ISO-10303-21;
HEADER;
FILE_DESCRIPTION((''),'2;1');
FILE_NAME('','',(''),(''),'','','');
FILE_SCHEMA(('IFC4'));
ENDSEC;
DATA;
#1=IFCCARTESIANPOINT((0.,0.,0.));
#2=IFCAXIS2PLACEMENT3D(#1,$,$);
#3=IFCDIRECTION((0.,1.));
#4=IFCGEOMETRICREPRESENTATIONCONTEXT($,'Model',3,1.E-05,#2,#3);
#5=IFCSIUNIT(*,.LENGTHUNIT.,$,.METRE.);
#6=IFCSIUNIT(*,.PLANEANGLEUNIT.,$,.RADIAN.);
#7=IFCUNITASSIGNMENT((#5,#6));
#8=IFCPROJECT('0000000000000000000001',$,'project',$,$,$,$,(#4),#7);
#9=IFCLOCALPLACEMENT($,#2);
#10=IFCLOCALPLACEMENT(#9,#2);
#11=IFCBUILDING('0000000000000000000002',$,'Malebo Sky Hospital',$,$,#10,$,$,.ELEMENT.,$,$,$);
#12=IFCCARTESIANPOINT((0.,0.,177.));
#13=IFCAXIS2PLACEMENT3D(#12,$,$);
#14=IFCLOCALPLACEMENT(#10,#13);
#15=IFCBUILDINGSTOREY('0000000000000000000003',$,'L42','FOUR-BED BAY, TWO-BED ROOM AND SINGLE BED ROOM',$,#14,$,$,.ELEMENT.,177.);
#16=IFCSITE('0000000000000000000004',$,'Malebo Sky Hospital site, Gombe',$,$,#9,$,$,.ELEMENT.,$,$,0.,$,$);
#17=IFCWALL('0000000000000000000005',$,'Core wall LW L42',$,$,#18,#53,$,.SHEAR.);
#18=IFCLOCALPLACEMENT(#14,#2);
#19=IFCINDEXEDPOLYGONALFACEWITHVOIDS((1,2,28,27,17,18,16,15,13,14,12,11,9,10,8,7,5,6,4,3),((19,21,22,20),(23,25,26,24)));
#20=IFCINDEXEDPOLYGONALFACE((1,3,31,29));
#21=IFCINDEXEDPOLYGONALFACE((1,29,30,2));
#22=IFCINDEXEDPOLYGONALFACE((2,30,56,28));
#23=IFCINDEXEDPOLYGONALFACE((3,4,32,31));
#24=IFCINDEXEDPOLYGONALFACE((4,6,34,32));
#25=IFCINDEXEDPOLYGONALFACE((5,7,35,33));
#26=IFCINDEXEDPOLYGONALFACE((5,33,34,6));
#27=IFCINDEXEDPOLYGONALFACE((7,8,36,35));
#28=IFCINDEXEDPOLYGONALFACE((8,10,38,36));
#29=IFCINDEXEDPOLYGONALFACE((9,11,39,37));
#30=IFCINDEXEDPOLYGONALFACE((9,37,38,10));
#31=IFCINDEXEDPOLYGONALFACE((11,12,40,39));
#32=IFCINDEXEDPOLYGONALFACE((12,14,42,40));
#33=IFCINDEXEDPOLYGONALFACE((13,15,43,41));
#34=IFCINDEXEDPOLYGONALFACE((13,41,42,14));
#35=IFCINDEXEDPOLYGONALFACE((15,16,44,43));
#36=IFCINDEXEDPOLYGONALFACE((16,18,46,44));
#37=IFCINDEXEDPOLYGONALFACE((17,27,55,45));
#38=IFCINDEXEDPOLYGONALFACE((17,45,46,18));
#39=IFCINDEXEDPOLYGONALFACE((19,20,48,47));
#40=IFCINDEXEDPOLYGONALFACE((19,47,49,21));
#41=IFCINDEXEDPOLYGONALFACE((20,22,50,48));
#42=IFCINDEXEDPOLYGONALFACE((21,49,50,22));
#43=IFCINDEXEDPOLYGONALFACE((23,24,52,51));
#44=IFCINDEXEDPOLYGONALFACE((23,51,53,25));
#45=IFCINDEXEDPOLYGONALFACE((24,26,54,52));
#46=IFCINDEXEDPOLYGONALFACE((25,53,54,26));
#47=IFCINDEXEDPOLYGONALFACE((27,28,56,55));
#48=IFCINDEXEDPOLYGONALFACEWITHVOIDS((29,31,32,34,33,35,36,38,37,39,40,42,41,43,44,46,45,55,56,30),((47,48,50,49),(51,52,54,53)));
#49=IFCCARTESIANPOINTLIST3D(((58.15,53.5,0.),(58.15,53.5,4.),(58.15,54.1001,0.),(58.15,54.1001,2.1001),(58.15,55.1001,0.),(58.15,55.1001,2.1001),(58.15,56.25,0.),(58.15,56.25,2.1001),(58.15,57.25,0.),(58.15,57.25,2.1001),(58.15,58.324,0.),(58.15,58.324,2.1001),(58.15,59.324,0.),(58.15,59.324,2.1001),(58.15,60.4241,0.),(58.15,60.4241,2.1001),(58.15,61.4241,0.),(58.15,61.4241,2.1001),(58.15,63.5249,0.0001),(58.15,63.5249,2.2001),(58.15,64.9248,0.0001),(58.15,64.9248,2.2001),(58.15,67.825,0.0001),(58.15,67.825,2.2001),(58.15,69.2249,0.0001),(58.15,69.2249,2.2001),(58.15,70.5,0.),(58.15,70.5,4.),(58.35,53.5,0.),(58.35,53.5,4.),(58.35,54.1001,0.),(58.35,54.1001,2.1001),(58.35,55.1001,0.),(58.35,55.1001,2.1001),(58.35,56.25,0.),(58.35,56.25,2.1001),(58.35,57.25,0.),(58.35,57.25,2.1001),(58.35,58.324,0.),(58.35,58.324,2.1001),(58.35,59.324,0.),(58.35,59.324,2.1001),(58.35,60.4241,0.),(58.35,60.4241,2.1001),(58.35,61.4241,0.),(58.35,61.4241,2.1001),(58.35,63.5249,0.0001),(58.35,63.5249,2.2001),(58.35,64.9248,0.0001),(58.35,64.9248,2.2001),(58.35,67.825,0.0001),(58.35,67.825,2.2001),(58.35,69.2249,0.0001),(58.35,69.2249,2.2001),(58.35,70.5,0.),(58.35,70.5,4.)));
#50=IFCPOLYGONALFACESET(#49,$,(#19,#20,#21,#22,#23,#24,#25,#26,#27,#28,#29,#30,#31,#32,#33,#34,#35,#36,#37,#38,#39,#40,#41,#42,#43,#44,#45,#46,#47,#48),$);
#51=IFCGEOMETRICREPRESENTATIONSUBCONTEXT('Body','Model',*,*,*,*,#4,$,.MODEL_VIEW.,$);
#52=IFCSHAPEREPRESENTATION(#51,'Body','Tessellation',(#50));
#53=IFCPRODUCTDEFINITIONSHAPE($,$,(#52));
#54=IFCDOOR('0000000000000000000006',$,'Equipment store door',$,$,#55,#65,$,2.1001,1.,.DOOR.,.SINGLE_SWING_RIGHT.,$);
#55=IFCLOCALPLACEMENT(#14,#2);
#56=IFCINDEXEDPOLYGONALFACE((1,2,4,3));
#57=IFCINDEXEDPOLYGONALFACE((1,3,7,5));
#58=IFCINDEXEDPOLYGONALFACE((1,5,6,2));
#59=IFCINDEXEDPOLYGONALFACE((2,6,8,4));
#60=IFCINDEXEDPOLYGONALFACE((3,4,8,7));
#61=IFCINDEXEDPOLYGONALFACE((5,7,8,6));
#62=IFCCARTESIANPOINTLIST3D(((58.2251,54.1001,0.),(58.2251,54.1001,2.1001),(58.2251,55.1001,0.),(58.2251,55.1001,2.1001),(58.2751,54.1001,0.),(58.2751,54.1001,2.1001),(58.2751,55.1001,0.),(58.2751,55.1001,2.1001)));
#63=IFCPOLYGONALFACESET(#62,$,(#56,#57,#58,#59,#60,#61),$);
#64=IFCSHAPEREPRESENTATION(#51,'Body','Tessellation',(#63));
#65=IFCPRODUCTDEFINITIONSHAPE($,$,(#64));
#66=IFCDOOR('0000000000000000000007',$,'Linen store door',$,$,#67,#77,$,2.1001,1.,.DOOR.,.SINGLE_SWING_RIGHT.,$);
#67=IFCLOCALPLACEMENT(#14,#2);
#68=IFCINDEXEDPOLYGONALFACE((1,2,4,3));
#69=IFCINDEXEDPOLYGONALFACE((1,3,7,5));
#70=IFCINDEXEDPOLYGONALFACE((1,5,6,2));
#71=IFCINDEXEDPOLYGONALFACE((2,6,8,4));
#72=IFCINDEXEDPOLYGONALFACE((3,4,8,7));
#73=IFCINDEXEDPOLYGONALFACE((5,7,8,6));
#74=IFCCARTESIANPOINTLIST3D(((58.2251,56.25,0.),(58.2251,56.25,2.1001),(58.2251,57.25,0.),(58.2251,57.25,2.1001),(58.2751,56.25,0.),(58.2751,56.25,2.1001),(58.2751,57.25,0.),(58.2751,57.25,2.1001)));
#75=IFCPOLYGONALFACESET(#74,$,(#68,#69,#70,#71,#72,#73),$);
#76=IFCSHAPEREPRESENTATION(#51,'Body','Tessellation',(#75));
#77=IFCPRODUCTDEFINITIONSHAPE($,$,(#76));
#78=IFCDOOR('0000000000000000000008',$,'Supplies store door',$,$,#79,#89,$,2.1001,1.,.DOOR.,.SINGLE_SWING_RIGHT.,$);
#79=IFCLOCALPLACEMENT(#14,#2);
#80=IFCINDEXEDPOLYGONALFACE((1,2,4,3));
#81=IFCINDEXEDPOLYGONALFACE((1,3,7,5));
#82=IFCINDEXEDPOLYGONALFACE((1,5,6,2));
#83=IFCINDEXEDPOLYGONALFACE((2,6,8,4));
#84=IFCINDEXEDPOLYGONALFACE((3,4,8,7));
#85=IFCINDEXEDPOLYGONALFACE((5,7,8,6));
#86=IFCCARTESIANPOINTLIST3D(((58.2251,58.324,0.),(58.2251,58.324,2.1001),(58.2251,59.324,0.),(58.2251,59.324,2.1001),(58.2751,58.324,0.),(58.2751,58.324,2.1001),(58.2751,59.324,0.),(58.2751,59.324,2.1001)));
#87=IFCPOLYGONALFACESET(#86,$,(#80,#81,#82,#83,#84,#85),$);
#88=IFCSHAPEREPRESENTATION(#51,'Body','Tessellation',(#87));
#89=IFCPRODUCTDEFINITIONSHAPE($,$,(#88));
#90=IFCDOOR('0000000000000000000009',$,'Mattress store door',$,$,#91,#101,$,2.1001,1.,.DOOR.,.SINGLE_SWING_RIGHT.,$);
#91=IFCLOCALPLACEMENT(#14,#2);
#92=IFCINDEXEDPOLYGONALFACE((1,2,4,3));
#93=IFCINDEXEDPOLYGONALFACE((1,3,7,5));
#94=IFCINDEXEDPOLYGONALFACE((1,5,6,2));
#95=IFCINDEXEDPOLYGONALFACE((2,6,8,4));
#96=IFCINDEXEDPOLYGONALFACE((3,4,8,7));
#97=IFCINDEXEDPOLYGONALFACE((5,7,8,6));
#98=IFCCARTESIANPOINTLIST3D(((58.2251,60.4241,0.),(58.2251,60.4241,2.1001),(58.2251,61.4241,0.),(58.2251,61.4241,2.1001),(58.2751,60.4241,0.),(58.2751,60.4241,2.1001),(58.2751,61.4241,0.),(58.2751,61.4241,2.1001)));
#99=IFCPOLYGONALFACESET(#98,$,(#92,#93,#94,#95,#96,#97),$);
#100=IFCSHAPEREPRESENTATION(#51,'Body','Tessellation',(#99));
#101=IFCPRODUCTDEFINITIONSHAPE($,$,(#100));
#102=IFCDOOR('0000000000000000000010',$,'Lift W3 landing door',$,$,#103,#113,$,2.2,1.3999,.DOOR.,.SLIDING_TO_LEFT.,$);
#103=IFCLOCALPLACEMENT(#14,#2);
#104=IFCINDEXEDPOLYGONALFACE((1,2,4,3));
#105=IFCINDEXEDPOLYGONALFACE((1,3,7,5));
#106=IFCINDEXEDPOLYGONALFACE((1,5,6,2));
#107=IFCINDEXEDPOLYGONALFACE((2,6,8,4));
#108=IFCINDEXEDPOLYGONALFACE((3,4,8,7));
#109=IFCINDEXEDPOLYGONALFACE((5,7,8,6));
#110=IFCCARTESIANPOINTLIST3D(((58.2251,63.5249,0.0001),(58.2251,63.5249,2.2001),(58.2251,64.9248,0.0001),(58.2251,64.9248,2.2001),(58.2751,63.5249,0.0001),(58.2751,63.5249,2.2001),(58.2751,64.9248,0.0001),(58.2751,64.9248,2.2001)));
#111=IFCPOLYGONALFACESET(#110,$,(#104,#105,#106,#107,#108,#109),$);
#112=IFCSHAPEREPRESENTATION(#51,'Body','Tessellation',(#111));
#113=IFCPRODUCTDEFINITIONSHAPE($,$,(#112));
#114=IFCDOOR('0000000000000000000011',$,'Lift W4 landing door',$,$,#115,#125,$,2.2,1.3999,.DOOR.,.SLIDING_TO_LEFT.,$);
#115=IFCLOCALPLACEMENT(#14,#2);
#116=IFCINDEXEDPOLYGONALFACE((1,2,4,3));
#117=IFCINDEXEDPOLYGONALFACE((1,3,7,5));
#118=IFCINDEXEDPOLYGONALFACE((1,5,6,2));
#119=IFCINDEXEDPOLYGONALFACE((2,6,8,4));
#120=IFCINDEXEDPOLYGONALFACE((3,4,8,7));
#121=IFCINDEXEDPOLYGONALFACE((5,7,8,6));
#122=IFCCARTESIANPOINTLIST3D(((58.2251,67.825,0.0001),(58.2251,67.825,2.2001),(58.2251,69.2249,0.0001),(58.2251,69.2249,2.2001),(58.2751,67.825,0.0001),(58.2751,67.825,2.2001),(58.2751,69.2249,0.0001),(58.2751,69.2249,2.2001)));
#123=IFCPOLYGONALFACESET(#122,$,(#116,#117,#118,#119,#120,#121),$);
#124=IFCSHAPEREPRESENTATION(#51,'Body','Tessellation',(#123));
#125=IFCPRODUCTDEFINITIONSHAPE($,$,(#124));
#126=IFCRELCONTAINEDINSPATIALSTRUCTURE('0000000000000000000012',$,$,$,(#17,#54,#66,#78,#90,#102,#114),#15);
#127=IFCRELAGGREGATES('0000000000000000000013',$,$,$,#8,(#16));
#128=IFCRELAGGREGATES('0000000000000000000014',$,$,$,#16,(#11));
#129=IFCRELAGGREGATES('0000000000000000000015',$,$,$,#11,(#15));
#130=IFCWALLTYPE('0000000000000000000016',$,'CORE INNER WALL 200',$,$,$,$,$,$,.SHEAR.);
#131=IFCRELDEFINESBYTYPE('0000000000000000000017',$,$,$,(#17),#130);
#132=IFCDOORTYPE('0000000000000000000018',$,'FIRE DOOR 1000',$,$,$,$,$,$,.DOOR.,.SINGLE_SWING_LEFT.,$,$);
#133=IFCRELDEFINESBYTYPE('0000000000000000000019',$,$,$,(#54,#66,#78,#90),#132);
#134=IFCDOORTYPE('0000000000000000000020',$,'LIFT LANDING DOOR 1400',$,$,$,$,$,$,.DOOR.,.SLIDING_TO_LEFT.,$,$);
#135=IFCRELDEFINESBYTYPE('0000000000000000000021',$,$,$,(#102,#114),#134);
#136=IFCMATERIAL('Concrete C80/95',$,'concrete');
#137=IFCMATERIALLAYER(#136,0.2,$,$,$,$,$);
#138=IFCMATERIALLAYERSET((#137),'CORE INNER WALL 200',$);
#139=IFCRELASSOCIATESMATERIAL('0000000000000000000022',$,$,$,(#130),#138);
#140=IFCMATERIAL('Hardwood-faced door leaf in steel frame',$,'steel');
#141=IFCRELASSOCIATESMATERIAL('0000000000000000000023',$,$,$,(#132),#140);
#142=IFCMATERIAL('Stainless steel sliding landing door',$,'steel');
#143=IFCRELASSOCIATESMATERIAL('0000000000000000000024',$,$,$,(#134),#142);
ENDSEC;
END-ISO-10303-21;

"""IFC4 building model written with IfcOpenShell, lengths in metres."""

from ifc_helpers import new_model, si_unit, direction, frame, frame_2d, origin, place, context, subcontext, project, spatial, rectangle, extrude, material, layer, layer_set, type_object, element, fill, save


model = new_model("IFC4")

# Units and contexts
model_context = context("Model", 3, precision=1e-05, world=origin(), true_north=direction((0.0, 1.0)))
body_context = subcontext(model_context, "Body", "Model", "MODEL_VIEW")
ifc_project = project(units=[si_unit("LENGTHUNIT", "METRE"), si_unit("PLANEANGLEUNIT", "RADIAN")], contexts=[model_context])

# Site, building, storey
site_placement = place(None, origin())
site = spatial("IfcSite", under=ifc_project, at=site_placement, Name="Malebo Sky Hospital site, Gombe", CompositionType="ELEMENT", RefElevation=0.0)
building_placement = place(site_placement, origin())
building = spatial("IfcBuilding", under=site, at=building_placement, Name="Malebo Sky Hospital", CompositionType="ELEMENT")
storey_placement = place(building_placement, frame((0.0, 0.0, 177.0)))
storey = spatial("IfcBuildingStorey", under=building, at=storey_placement, Name="L42", Description="FOUR-BED BAY, TWO-BED ROOM AND SINGLE BED ROOM", CompositionType="ELEMENT", Elevation=177.0)

# Wall, openings, doors
ifc_material_1 = material(Name="Concrete C80/95", Category="concrete")
ifc_layer_1 = layer(ifc_material_1, 0.2)
ifc_layer_set_1 = layer_set([ifc_layer_1], Name="CORE INNER WALL 200")
wall_type_1 = type_object("IfcWallType", Name="CORE INNER WALL 200", PredefinedType="SHEAR", material=ifc_layer_set_1)
wall_1_placement = place(storey_placement, frame((58.25, 53.5, 0.0), z_axis=(0.0, 0.0, 1.0), x_axis=(0.0, 1.0, 0.0)))
wall_1 = element("IfcWall", 1, at=wall_1_placement, inside=storey, type_object=wall_type_1, Name="Core wall LW L42", PredefinedType="SHEAR", context=body_context, shape_type="SweptSolid", body=[
    extrude(rectangle(XDim=17.0, YDim=0.2, at=frame_2d((8.5, 0.0))), origin(), (0.0, 0.0, 1.0), 4.0),
])
opening_1_placement = place(wall_1_placement, frame((0.6001, 0.0, 0.0)))
opening_1 = element("IfcOpeningElement", 2, at=opening_1_placement, cuts=wall_1, PredefinedType="OPENING", context=body_context, shape_type="SweptSolid", body=[
    extrude(rectangle(XDim=1.0, YDim=2.1001, at=frame_2d((0.5, 1.05))), frame((0.0, 0.1099, 0.0), z_axis=(0.0, -1.0, 0.0), x_axis=(1.0, 0.0, 0.0)), (0.0, 0.0, 1.0), 0.22),
])
opening_2_placement = place(wall_1_placement, frame((2.75, 0.0, 0.0)))
opening_2 = element("IfcOpeningElement", 3, at=opening_2_placement, cuts=wall_1, PredefinedType="OPENING", context=body_context, shape_type="SweptSolid", body=[
    extrude(rectangle(XDim=1.0, YDim=2.1001, at=frame_2d((0.5, 1.05))), frame((0.0, 0.1099, 0.0), z_axis=(0.0, -1.0, 0.0), x_axis=(1.0, 0.0, 0.0)), (0.0, 0.0, 1.0), 0.22),
])
opening_3_placement = place(wall_1_placement, frame((4.824, 0.0, 0.0)))
opening_3 = element("IfcOpeningElement", 4, at=opening_3_placement, cuts=wall_1, PredefinedType="OPENING", context=body_context, shape_type="SweptSolid", body=[
    extrude(rectangle(XDim=1.0, YDim=2.1001, at=frame_2d((0.5, 1.05))), frame((0.0, 0.1099, 0.0), z_axis=(0.0, -1.0, 0.0), x_axis=(1.0, 0.0, 0.0)), (0.0, 0.0, 1.0), 0.22),
])
opening_4_placement = place(wall_1_placement, frame((6.9241, 0.0, 0.0)))
opening_4 = element("IfcOpeningElement", 5, at=opening_4_placement, cuts=wall_1, PredefinedType="OPENING", context=body_context, shape_type="SweptSolid", body=[
    extrude(rectangle(XDim=1.0, YDim=2.1001, at=frame_2d((0.5, 1.05))), frame((0.0, 0.1099, 0.0), z_axis=(0.0, -1.0, 0.0), x_axis=(1.0, 0.0, 0.0)), (0.0, 0.0, 1.0), 0.22),
])
opening_5_placement = place(wall_1_placement, frame((10.0249, 0.0, 0.0)))
opening_5 = element("IfcOpeningElement", 6, at=opening_5_placement, cuts=wall_1, PredefinedType="OPENING", context=body_context, shape_type="SweptSolid", body=[
    extrude(rectangle(XDim=1.3999, YDim=2.2, at=frame_2d((0.7, 1.1001))), frame((0.0, 0.1099, 0.0), z_axis=(0.0, -1.0, 0.0), x_axis=(1.0, 0.0, 0.0)), (0.0, 0.0, 1.0), 0.22),
])
opening_6_placement = place(wall_1_placement, frame((14.325, 0.0, 0.0)))
opening_6 = element("IfcOpeningElement", 7, at=opening_6_placement, cuts=wall_1, PredefinedType="OPENING", context=body_context, shape_type="SweptSolid", body=[
    extrude(rectangle(XDim=1.3999, YDim=2.2, at=frame_2d((0.7, 1.1001))), frame((0.0, 0.1099, 0.0), z_axis=(0.0, -1.0, 0.0), x_axis=(1.0, 0.0, 0.0)), (0.0, 0.0, 1.0), 0.22),
])
ifc_material_2 = material(Name="Hardwood-faced door leaf in steel frame", Category="steel")
door_type_1 = type_object("IfcDoorType", Name="FIRE DOOR 1000", OperationType="SINGLE_SWING_LEFT", PredefinedType="DOOR", material=ifc_material_2)
door_1_placement = place(opening_1_placement, origin())
door_1 = element("IfcDoor", 8, at=door_1_placement, inside=storey, type_object=door_type_1, Name="Equipment store door", OperationType="SINGLE_SWING_RIGHT", OverallHeight=2.1001, OverallWidth=1.0, PredefinedType="DOOR", context=body_context, shape_type="SweptSolid", body=[
    extrude(rectangle(XDim=1.0, YDim=2.1001, at=frame_2d((0.5, 1.05))), frame((0.0, 0.0249, 0.0), z_axis=(0.0, -1.0, 0.0), x_axis=(1.0, 0.0, 0.0)), (0.0, 0.0, 1.0), 0.05),
])
fill(opening_1, door_1)
door_2_placement = place(opening_2_placement, origin())
door_2 = element("IfcDoor", 9, at=door_2_placement, inside=storey, type_object=door_type_1, Name="Linen store door", OperationType="SINGLE_SWING_RIGHT", OverallHeight=2.1001, OverallWidth=1.0, PredefinedType="DOOR", context=body_context, shape_type="SweptSolid", body=[
    extrude(rectangle(XDim=1.0, YDim=2.1001, at=frame_2d((0.5, 1.05))), frame((0.0, 0.0249, 0.0), z_axis=(0.0, -1.0, 0.0), x_axis=(1.0, 0.0, 0.0)), (0.0, 0.0, 1.0), 0.05),
])
fill(opening_2, door_2)
door_3_placement = place(opening_3_placement, origin())
door_3 = element("IfcDoor", 10, at=door_3_placement, inside=storey, type_object=door_type_1, Name="Supplies store door", OperationType="SINGLE_SWING_RIGHT", OverallHeight=2.1001, OverallWidth=1.0, PredefinedType="DOOR", context=body_context, shape_type="SweptSolid", body=[
    extrude(rectangle(XDim=1.0, YDim=2.1001, at=frame_2d((0.5, 1.05))), frame((0.0, 0.0249, 0.0), z_axis=(0.0, -1.0, 0.0), x_axis=(1.0, 0.0, 0.0)), (0.0, 0.0, 1.0), 0.05),
])
fill(opening_3, door_3)
door_4_placement = place(opening_4_placement, origin())
door_4 = element("IfcDoor", 11, at=door_4_placement, inside=storey, type_object=door_type_1, Name="Mattress store door", OperationType="SINGLE_SWING_RIGHT", OverallHeight=2.1001, OverallWidth=1.0, PredefinedType="DOOR", context=body_context, shape_type="SweptSolid", body=[
    extrude(rectangle(XDim=1.0, YDim=2.1001, at=frame_2d((0.5, 1.05))), frame((0.0, 0.0249, 0.0), z_axis=(0.0, -1.0, 0.0), x_axis=(1.0, 0.0, 0.0)), (0.0, 0.0, 1.0), 0.05),
])
fill(opening_4, door_4)
ifc_material_3 = material(Name="Stainless steel sliding landing door", Category="steel")
door_type_2 = type_object("IfcDoorType", Name="LIFT LANDING DOOR 1400", OperationType="SLIDING_TO_LEFT", PredefinedType="DOOR", material=ifc_material_3)
door_5_placement = place(opening_5_placement, origin())
door_5 = element("IfcDoor", 12, at=door_5_placement, inside=storey, type_object=door_type_2, Name="Lift W3 landing door", OperationType="SLIDING_TO_LEFT", OverallHeight=2.2, OverallWidth=1.3999, PredefinedType="DOOR", context=body_context, shape_type="SweptSolid", body=[
    extrude(rectangle(XDim=1.3999, YDim=2.2, at=frame_2d((0.7, 1.1001))), frame((0.0, 0.0249, 0.0), z_axis=(0.0, -1.0, 0.0), x_axis=(1.0, 0.0, 0.0)), (0.0, 0.0, 1.0), 0.05),
])
fill(opening_5, door_5)
door_6_placement = place(opening_6_placement, origin())
door_6 = element("IfcDoor", 13, at=door_6_placement, inside=storey, type_object=door_type_2, Name="Lift W4 landing door", OperationType="SLIDING_TO_LEFT", OverallHeight=2.2, OverallWidth=1.3999, PredefinedType="DOOR", context=body_context, shape_type="SweptSolid", body=[
    extrude(rectangle(XDim=1.3999, YDim=2.2, at=frame_2d((0.7, 1.1001))), frame((0.0, 0.0249, 0.0), z_axis=(0.0, -1.0, 0.0), x_axis=(1.0, 0.0, 0.0)), (0.0, 0.0, 1.0), 0.05),
])
fill(opening_6, door_6)

save(model, "model.ifc")
